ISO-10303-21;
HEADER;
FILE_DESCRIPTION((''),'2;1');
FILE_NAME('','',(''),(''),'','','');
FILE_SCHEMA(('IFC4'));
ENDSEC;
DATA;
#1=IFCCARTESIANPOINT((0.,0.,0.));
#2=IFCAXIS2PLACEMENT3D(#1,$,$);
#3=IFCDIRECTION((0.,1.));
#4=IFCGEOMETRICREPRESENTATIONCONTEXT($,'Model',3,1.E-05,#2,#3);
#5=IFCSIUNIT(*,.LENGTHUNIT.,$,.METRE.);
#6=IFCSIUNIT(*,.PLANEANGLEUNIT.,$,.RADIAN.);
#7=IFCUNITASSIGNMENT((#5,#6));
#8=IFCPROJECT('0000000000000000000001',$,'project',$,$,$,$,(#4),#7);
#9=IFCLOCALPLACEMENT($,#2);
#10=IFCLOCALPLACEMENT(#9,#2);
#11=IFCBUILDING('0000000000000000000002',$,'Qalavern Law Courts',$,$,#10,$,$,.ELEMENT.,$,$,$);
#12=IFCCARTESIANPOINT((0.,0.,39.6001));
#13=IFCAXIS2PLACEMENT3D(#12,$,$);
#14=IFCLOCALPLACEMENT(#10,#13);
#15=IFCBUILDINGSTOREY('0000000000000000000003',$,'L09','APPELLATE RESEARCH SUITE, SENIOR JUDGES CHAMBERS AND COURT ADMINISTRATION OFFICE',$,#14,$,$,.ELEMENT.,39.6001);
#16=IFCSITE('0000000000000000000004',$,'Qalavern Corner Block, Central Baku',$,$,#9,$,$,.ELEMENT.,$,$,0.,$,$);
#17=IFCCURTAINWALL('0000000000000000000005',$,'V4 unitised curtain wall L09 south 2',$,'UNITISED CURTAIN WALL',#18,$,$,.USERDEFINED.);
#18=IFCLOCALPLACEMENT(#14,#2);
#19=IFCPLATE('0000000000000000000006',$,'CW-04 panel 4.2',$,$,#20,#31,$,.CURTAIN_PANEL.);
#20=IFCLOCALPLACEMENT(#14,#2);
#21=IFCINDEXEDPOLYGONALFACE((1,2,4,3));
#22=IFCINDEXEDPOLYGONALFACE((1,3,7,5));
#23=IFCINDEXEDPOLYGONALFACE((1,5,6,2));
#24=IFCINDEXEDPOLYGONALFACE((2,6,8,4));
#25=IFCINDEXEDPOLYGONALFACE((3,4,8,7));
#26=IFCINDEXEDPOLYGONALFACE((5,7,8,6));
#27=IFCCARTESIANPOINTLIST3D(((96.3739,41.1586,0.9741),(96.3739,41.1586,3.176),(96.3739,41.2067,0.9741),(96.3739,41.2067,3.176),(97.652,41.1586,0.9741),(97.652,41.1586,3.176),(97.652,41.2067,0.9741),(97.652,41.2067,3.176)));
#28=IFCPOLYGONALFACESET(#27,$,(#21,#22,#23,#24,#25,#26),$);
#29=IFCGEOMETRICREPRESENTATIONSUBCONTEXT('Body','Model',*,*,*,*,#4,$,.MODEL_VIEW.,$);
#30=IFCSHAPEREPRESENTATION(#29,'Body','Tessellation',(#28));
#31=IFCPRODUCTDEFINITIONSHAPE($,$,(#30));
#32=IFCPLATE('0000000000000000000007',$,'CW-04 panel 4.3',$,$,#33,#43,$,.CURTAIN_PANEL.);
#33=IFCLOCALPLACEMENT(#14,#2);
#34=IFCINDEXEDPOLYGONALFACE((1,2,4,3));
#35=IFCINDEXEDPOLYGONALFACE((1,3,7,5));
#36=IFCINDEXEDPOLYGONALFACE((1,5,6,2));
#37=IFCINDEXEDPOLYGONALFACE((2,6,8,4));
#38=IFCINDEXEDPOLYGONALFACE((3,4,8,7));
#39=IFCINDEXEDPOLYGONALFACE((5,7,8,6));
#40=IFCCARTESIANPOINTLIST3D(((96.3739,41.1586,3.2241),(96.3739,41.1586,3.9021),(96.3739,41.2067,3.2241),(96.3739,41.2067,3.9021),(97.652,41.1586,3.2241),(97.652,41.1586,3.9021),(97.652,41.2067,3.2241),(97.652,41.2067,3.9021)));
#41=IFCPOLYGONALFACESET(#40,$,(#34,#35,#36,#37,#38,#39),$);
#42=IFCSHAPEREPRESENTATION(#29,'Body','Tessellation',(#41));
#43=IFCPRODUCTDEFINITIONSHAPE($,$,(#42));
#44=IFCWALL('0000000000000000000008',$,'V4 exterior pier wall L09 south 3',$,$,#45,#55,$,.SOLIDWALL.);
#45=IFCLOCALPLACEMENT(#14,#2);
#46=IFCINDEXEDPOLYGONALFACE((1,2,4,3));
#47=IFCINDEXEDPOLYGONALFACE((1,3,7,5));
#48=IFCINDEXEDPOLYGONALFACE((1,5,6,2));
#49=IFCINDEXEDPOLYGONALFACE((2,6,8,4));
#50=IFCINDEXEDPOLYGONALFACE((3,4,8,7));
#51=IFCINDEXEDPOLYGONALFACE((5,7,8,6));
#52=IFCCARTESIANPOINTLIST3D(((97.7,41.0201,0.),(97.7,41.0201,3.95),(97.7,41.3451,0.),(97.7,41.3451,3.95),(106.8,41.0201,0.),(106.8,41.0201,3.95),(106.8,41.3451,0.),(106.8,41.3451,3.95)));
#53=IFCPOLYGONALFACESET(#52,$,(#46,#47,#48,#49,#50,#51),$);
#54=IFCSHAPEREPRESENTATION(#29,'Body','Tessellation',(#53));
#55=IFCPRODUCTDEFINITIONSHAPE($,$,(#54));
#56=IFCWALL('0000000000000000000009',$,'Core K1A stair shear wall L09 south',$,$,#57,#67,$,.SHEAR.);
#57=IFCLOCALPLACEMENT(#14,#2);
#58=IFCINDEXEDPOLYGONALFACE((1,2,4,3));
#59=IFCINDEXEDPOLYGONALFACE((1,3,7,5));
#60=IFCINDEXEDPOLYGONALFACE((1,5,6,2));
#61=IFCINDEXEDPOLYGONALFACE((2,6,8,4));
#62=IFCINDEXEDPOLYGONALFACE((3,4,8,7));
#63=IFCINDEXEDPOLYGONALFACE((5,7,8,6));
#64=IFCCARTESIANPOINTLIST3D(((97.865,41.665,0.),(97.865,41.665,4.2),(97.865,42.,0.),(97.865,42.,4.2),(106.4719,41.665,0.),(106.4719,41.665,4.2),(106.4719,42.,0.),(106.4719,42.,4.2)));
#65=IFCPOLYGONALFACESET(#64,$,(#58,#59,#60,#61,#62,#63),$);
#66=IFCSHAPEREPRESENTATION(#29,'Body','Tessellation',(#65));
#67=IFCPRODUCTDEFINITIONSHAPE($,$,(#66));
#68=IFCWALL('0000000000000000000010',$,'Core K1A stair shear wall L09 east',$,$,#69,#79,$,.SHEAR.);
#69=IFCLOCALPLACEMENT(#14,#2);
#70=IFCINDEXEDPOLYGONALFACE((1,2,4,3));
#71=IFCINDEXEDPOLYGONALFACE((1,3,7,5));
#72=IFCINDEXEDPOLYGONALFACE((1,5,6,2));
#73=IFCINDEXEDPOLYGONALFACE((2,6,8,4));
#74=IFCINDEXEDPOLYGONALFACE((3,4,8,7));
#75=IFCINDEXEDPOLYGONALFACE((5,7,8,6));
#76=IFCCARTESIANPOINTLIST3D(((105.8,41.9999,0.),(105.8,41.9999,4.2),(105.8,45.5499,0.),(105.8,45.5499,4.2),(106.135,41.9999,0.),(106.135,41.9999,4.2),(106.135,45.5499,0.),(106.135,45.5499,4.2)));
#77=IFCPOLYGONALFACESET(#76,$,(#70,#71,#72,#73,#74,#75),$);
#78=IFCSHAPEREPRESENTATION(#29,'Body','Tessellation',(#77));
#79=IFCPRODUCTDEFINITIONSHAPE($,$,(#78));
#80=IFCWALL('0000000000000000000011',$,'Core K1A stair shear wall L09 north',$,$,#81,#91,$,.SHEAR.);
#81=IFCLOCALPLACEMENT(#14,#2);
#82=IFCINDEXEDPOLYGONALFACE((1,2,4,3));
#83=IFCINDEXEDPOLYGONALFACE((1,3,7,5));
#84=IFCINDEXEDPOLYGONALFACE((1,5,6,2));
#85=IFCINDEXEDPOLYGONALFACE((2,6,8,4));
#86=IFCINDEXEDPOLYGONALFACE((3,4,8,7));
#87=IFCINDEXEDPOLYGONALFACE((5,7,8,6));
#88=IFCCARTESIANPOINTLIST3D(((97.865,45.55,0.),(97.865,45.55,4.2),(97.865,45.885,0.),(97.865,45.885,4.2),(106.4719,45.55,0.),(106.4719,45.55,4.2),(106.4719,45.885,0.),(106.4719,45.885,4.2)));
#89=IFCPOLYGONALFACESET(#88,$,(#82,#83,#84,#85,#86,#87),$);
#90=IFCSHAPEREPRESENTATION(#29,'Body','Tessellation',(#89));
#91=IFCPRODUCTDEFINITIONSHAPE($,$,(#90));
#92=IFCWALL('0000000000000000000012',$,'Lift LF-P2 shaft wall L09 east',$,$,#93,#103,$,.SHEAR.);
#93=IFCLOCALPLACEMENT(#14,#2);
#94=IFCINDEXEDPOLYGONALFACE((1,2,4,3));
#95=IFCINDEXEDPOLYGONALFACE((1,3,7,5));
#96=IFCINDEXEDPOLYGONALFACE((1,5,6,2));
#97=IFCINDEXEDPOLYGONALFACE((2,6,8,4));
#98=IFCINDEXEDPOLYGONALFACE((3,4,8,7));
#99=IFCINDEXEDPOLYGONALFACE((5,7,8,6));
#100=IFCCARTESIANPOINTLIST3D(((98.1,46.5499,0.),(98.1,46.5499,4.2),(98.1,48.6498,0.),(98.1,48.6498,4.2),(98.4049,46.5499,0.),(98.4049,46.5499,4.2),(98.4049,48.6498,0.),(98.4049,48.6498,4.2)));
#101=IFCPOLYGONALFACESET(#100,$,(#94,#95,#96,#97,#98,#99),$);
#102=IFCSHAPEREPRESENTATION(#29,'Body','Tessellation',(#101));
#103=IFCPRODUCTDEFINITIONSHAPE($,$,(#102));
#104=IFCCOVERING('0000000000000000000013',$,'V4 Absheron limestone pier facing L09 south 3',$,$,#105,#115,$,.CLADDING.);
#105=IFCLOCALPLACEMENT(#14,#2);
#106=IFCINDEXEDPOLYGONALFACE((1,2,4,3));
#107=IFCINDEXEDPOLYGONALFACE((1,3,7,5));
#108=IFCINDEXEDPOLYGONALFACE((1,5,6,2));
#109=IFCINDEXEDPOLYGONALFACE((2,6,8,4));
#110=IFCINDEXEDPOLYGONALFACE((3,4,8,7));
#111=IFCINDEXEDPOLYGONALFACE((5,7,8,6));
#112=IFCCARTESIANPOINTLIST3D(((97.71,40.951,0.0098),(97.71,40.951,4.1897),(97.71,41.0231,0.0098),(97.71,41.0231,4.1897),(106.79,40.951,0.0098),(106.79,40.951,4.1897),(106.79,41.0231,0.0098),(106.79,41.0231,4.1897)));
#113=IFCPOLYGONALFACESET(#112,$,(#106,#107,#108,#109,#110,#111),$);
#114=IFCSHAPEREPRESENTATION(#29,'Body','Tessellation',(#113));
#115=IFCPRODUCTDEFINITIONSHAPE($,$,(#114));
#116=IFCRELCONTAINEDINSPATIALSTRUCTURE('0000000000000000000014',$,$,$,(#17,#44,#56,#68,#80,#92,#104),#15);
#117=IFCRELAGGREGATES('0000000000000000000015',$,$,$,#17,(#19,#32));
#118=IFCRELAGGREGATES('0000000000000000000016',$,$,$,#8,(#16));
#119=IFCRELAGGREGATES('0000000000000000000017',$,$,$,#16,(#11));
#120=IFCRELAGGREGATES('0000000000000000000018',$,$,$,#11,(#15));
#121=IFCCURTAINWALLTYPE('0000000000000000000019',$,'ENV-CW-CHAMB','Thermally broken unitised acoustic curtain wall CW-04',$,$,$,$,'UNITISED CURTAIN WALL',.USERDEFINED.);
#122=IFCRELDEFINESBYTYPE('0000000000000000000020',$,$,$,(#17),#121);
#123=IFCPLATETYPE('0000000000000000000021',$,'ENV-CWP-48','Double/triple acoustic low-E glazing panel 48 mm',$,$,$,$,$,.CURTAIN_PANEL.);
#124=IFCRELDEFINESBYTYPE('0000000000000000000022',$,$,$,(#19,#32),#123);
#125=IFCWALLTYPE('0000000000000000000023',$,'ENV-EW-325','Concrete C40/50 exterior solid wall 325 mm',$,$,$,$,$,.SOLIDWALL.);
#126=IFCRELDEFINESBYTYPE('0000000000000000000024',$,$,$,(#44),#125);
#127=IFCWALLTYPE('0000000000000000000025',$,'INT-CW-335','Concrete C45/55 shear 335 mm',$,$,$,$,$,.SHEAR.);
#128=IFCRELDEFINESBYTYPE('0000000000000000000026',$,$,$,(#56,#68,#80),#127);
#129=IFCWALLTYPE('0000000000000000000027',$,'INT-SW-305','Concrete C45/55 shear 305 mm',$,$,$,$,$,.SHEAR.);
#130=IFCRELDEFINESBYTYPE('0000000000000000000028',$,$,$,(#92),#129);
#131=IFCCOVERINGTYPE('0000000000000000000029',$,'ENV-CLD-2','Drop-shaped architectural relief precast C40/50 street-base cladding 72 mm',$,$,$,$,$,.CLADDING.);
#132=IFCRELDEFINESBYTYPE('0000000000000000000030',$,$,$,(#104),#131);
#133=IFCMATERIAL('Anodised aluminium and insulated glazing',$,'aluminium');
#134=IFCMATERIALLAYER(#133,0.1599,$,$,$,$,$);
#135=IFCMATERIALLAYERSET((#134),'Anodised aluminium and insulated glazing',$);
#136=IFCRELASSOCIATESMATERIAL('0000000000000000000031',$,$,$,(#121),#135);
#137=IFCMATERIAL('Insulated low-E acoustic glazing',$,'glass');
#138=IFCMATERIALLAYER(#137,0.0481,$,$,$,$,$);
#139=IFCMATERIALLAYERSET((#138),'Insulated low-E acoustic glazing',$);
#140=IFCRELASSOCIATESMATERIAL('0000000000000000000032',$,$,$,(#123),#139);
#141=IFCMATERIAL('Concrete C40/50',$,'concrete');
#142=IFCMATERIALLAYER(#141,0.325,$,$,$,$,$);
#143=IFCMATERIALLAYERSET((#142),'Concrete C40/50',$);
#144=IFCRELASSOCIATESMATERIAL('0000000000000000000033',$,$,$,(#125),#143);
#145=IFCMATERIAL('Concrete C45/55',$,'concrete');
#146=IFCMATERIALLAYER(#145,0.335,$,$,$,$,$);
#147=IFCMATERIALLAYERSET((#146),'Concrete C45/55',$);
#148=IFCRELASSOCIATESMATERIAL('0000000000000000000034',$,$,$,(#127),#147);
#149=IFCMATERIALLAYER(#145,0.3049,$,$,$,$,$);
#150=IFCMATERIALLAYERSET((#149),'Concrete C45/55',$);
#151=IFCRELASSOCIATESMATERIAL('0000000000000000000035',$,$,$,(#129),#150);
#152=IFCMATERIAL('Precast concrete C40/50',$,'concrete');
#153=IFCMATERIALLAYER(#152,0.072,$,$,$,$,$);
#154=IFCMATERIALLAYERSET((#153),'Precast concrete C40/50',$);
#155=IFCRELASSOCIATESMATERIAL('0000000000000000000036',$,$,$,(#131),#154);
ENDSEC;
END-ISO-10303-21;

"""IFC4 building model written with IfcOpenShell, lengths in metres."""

from ifc_helpers import new_model, si_unit, direction, frame, frame_2d, origin, origin_2d, place, context, subcontext, project, spatial, rectangle, extrude, material, layer, layer_set, type_object, element, aggregate, save


model = new_model("IFC4")

# Units and contexts
model_context = context("Model", 3, precision=1e-05, world=origin(), true_north=direction((0.0, 1.0)))
body_context = subcontext(model_context, "Body", "Model", "MODEL_VIEW")
ifc_project = project(units=[si_unit("LENGTHUNIT", "METRE"), si_unit("PLANEANGLEUNIT", "RADIAN")], contexts=[model_context])

# Site, building, storey
site_placement = place(None, origin())
site = spatial("IfcSite", under=ifc_project, at=site_placement, Name="Qalavern Corner Block, Central Baku", CompositionType="ELEMENT", RefElevation=0.0)
building_placement = place(site_placement, origin())
building = spatial("IfcBuilding", under=site, at=building_placement, Name="Qalavern Law Courts", CompositionType="ELEMENT")
storey_placement = place(building_placement, frame((0.0, 0.0, 39.6001)))
storey = spatial("IfcBuildingStorey", under=building, at=storey_placement, Name="L09", Description="APPELLATE RESEARCH SUITE, SENIOR JUDGES CHAMBERS AND COURT ADMINISTRATION OFFICE", CompositionType="ELEMENT", Elevation=39.6001)

# Shared definitions
ifc_material_1 = material(Name="Concrete C45/55", Category="concrete")

# Curtain wall
ifc_material_2 = material(Name="Anodised aluminium and insulated glazing", Category="aluminium")
ifc_layer_1 = layer(ifc_material_2, 0.1599)
ifc_layer_set_1 = layer_set([ifc_layer_1], Name="Anodised aluminium and insulated glazing")
curtain_wall_type = type_object("IfcCurtainWallType", Name="ENV-CW-CHAMB", Description="Thermally broken unitised acoustic curtain wall CW-04", ElementType="UNITISED CURTAIN WALL", PredefinedType="USERDEFINED", material=ifc_layer_set_1)
curtain_wall_placement = place(storey_placement, origin())
curtain_wall = element("IfcCurtainWall", 1, at=curtain_wall_placement, inside=storey, type_object=curtain_wall_type, Name="V4 unitised curtain wall L09 south 2", ObjectType="UNITISED CURTAIN WALL", PredefinedType="USERDEFINED")

# Plates
ifc_material_3 = material(Name="Insulated low-E acoustic glazing", Category="glass")
ifc_layer_2 = layer(ifc_material_3, 0.0481)
ifc_layer_set_2 = layer_set([ifc_layer_2], Name="Insulated low-E acoustic glazing")
plate_type = type_object("IfcPlateType", Name="ENV-CWP-48", Description="Double/triple acoustic low-E glazing panel 48 mm", PredefinedType="CURTAIN_PANEL", material=ifc_layer_set_2)
plate_1_placement = place(storey_placement, frame((97.0129, 41.1826, 0.9741), z_axis=(0.0, 0.0, 1.0), x_axis=(1.0, 0.0, 0.0)))
plate_1 = element("IfcPlate", 2, at=plate_1_placement, type_object=plate_type, Name="CW-04 panel 4.2", PredefinedType="CURTAIN_PANEL", context=body_context, shape_type="SweptSolid", body=[
    extrude(rectangle(XDim=1.2781, YDim=0.0481, at=origin_2d()), origin(), (0.0, 0.0, 1.0), 2.2019),
])
plate_2_placement = place(storey_placement, frame((97.0129, 41.1826, 3.2241), z_axis=(0.0, 0.0, 1.0), x_axis=(1.0, 0.0, 0.0)))
plate_2 = element("IfcPlate", 3, at=plate_2_placement, type_object=plate_type, Name="CW-04 panel 4.3", PredefinedType="CURTAIN_PANEL", context=body_context, shape_type="SweptSolid", body=[
    extrude(rectangle(XDim=1.2781, YDim=0.0481, at=origin_2d()), origin(), (0.0, 0.0, 1.0), 0.678),
])
aggregate(curtain_wall, [plate_1, plate_2])

# Walls
ifc_material_4 = material(Name="Concrete C40/50", Category="concrete")
ifc_layer_3 = layer(ifc_material_4, 0.325)
ifc_layer_set_3 = layer_set([ifc_layer_3], Name="Concrete C40/50")
wall_type_1 = type_object("IfcWallType", Name="ENV-EW-325", Description="Concrete C40/50 exterior solid wall 325 mm", PredefinedType="SOLIDWALL", material=ifc_layer_set_3)
wall_1_placement = place(storey_placement, frame((97.7, 41.1826, 0.0), z_axis=(0.0, 0.0, 1.0), x_axis=(1.0, 0.0, 0.0)))
element("IfcWall", 4, at=wall_1_placement, inside=storey, type_object=wall_type_1, Name="V4 exterior pier wall L09 south 3", PredefinedType="SOLIDWALL", context=body_context, shape_type="SweptSolid", body=[
    extrude(rectangle(XDim=9.1001, YDim=0.325, at=frame_2d((4.55, 0.0))), origin(), (0.0, 0.0, 1.0), 3.95),
])
ifc_layer_4 = layer(ifc_material_1, 0.335)
ifc_layer_set_4 = layer_set([ifc_layer_4], Name="Concrete C45/55")
wall_type_2 = type_object("IfcWallType", Name="INT-CW-335", Description="Concrete C45/55 shear 335 mm", PredefinedType="SHEAR", material=ifc_layer_set_4)
wall_2_placement = place(storey_placement, frame((97.865, 41.8325, 0.0), z_axis=(0.0, 0.0, 1.0), x_axis=(1.0, 0.0, 0.0)))
element("IfcWall", 5, at=wall_2_placement, inside=storey, type_object=wall_type_2, Name="Core K1A stair shear wall L09 south", PredefinedType="SHEAR", context=body_context, shape_type="SweptSolid", body=[
    extrude(rectangle(XDim=8.6069, YDim=0.335, at=frame_2d((4.3035, 0.0))), origin(), (0.0, 0.0, 1.0), 4.2),
])
wall_3_placement = place(storey_placement, frame((105.9675, 42.0, 0.0), z_axis=(0.0, 0.0, 1.0), x_axis=(0.0, 1.0, 0.0)))
element("IfcWall", 6, at=wall_3_placement, inside=storey, type_object=wall_type_2, Name="Core K1A stair shear wall L09 east", PredefinedType="SHEAR", context=body_context, shape_type="SweptSolid", body=[
    extrude(rectangle(XDim=3.55, YDim=0.335, at=frame_2d((1.7749, 0.0))), origin(), (0.0, 0.0, 1.0), 4.2),
])
wall_4_placement = place(storey_placement, frame((106.4719, 45.7175, 0.0), z_axis=(0.0, 0.0, 1.0), x_axis=(-1.0, 0.0, 0.0)))
element("IfcWall", 7, at=wall_4_placement, inside=storey, type_object=wall_type_2, Name="Core K1A stair shear wall L09 north", PredefinedType="SHEAR", context=body_context, shape_type="SweptSolid", body=[
    extrude(rectangle(XDim=8.6069, YDim=0.335, at=frame_2d((4.3035, 0.0))), origin(), (0.0, 0.0, 1.0), 4.2),
])

# Wall
ifc_layer_5 = layer(ifc_material_1, 0.3049)
ifc_layer_set_5 = layer_set([ifc_layer_5], Name="Concrete C45/55")
wall_type_3 = type_object("IfcWallType", Name="INT-SW-305", Description="Concrete C45/55 shear 305 mm", PredefinedType="SHEAR", material=ifc_layer_set_5)
wall_5_placement = place(storey_placement, frame((98.2524, 46.55, 0.0), z_axis=(0.0, 0.0, 1.0), x_axis=(0.0, 1.0, 0.0)))
element("IfcWall", 8, at=wall_5_placement, inside=storey, type_object=wall_type_3, Name="Lift LF-P2 shaft wall L09 east", PredefinedType="SHEAR", context=body_context, shape_type="SweptSolid", body=[
    extrude(rectangle(XDim=2.0999, YDim=0.3049, at=frame_2d((1.0498, 0.0))), origin(), (0.0, 0.0, 1.0), 4.2),
])

# Covering
ifc_material_5 = material(Name="Precast concrete C40/50", Category="concrete")
ifc_layer_6 = layer(ifc_material_5, 0.072)
ifc_layer_set_6 = layer_set([ifc_layer_6], Name="Precast concrete C40/50")
covering_type = type_object("IfcCoveringType", Name="ENV-CLD-2", Description="Drop-shaped architectural relief precast C40/50 street-base cladding 72 mm", PredefinedType="CLADDING", material=ifc_layer_set_6)
covering_placement = place(storey_placement, frame((102.25, 40.9871, 0.0098), z_axis=(0.0, 0.0, 1.0), x_axis=(1.0, 0.0, 0.0)))
element("IfcCovering", 9, at=covering_placement, inside=storey, type_object=covering_type, Name="V4 Absheron limestone pier facing L09 south 3", PredefinedType="CLADDING", context=body_context, shape_type="SweptSolid", body=[
    extrude(rectangle(XDim=9.0801, YDim=0.072, at=origin_2d()), origin(), (0.0, 0.0, 1.0), 4.1799),
])

save(model, "model.ifc")
